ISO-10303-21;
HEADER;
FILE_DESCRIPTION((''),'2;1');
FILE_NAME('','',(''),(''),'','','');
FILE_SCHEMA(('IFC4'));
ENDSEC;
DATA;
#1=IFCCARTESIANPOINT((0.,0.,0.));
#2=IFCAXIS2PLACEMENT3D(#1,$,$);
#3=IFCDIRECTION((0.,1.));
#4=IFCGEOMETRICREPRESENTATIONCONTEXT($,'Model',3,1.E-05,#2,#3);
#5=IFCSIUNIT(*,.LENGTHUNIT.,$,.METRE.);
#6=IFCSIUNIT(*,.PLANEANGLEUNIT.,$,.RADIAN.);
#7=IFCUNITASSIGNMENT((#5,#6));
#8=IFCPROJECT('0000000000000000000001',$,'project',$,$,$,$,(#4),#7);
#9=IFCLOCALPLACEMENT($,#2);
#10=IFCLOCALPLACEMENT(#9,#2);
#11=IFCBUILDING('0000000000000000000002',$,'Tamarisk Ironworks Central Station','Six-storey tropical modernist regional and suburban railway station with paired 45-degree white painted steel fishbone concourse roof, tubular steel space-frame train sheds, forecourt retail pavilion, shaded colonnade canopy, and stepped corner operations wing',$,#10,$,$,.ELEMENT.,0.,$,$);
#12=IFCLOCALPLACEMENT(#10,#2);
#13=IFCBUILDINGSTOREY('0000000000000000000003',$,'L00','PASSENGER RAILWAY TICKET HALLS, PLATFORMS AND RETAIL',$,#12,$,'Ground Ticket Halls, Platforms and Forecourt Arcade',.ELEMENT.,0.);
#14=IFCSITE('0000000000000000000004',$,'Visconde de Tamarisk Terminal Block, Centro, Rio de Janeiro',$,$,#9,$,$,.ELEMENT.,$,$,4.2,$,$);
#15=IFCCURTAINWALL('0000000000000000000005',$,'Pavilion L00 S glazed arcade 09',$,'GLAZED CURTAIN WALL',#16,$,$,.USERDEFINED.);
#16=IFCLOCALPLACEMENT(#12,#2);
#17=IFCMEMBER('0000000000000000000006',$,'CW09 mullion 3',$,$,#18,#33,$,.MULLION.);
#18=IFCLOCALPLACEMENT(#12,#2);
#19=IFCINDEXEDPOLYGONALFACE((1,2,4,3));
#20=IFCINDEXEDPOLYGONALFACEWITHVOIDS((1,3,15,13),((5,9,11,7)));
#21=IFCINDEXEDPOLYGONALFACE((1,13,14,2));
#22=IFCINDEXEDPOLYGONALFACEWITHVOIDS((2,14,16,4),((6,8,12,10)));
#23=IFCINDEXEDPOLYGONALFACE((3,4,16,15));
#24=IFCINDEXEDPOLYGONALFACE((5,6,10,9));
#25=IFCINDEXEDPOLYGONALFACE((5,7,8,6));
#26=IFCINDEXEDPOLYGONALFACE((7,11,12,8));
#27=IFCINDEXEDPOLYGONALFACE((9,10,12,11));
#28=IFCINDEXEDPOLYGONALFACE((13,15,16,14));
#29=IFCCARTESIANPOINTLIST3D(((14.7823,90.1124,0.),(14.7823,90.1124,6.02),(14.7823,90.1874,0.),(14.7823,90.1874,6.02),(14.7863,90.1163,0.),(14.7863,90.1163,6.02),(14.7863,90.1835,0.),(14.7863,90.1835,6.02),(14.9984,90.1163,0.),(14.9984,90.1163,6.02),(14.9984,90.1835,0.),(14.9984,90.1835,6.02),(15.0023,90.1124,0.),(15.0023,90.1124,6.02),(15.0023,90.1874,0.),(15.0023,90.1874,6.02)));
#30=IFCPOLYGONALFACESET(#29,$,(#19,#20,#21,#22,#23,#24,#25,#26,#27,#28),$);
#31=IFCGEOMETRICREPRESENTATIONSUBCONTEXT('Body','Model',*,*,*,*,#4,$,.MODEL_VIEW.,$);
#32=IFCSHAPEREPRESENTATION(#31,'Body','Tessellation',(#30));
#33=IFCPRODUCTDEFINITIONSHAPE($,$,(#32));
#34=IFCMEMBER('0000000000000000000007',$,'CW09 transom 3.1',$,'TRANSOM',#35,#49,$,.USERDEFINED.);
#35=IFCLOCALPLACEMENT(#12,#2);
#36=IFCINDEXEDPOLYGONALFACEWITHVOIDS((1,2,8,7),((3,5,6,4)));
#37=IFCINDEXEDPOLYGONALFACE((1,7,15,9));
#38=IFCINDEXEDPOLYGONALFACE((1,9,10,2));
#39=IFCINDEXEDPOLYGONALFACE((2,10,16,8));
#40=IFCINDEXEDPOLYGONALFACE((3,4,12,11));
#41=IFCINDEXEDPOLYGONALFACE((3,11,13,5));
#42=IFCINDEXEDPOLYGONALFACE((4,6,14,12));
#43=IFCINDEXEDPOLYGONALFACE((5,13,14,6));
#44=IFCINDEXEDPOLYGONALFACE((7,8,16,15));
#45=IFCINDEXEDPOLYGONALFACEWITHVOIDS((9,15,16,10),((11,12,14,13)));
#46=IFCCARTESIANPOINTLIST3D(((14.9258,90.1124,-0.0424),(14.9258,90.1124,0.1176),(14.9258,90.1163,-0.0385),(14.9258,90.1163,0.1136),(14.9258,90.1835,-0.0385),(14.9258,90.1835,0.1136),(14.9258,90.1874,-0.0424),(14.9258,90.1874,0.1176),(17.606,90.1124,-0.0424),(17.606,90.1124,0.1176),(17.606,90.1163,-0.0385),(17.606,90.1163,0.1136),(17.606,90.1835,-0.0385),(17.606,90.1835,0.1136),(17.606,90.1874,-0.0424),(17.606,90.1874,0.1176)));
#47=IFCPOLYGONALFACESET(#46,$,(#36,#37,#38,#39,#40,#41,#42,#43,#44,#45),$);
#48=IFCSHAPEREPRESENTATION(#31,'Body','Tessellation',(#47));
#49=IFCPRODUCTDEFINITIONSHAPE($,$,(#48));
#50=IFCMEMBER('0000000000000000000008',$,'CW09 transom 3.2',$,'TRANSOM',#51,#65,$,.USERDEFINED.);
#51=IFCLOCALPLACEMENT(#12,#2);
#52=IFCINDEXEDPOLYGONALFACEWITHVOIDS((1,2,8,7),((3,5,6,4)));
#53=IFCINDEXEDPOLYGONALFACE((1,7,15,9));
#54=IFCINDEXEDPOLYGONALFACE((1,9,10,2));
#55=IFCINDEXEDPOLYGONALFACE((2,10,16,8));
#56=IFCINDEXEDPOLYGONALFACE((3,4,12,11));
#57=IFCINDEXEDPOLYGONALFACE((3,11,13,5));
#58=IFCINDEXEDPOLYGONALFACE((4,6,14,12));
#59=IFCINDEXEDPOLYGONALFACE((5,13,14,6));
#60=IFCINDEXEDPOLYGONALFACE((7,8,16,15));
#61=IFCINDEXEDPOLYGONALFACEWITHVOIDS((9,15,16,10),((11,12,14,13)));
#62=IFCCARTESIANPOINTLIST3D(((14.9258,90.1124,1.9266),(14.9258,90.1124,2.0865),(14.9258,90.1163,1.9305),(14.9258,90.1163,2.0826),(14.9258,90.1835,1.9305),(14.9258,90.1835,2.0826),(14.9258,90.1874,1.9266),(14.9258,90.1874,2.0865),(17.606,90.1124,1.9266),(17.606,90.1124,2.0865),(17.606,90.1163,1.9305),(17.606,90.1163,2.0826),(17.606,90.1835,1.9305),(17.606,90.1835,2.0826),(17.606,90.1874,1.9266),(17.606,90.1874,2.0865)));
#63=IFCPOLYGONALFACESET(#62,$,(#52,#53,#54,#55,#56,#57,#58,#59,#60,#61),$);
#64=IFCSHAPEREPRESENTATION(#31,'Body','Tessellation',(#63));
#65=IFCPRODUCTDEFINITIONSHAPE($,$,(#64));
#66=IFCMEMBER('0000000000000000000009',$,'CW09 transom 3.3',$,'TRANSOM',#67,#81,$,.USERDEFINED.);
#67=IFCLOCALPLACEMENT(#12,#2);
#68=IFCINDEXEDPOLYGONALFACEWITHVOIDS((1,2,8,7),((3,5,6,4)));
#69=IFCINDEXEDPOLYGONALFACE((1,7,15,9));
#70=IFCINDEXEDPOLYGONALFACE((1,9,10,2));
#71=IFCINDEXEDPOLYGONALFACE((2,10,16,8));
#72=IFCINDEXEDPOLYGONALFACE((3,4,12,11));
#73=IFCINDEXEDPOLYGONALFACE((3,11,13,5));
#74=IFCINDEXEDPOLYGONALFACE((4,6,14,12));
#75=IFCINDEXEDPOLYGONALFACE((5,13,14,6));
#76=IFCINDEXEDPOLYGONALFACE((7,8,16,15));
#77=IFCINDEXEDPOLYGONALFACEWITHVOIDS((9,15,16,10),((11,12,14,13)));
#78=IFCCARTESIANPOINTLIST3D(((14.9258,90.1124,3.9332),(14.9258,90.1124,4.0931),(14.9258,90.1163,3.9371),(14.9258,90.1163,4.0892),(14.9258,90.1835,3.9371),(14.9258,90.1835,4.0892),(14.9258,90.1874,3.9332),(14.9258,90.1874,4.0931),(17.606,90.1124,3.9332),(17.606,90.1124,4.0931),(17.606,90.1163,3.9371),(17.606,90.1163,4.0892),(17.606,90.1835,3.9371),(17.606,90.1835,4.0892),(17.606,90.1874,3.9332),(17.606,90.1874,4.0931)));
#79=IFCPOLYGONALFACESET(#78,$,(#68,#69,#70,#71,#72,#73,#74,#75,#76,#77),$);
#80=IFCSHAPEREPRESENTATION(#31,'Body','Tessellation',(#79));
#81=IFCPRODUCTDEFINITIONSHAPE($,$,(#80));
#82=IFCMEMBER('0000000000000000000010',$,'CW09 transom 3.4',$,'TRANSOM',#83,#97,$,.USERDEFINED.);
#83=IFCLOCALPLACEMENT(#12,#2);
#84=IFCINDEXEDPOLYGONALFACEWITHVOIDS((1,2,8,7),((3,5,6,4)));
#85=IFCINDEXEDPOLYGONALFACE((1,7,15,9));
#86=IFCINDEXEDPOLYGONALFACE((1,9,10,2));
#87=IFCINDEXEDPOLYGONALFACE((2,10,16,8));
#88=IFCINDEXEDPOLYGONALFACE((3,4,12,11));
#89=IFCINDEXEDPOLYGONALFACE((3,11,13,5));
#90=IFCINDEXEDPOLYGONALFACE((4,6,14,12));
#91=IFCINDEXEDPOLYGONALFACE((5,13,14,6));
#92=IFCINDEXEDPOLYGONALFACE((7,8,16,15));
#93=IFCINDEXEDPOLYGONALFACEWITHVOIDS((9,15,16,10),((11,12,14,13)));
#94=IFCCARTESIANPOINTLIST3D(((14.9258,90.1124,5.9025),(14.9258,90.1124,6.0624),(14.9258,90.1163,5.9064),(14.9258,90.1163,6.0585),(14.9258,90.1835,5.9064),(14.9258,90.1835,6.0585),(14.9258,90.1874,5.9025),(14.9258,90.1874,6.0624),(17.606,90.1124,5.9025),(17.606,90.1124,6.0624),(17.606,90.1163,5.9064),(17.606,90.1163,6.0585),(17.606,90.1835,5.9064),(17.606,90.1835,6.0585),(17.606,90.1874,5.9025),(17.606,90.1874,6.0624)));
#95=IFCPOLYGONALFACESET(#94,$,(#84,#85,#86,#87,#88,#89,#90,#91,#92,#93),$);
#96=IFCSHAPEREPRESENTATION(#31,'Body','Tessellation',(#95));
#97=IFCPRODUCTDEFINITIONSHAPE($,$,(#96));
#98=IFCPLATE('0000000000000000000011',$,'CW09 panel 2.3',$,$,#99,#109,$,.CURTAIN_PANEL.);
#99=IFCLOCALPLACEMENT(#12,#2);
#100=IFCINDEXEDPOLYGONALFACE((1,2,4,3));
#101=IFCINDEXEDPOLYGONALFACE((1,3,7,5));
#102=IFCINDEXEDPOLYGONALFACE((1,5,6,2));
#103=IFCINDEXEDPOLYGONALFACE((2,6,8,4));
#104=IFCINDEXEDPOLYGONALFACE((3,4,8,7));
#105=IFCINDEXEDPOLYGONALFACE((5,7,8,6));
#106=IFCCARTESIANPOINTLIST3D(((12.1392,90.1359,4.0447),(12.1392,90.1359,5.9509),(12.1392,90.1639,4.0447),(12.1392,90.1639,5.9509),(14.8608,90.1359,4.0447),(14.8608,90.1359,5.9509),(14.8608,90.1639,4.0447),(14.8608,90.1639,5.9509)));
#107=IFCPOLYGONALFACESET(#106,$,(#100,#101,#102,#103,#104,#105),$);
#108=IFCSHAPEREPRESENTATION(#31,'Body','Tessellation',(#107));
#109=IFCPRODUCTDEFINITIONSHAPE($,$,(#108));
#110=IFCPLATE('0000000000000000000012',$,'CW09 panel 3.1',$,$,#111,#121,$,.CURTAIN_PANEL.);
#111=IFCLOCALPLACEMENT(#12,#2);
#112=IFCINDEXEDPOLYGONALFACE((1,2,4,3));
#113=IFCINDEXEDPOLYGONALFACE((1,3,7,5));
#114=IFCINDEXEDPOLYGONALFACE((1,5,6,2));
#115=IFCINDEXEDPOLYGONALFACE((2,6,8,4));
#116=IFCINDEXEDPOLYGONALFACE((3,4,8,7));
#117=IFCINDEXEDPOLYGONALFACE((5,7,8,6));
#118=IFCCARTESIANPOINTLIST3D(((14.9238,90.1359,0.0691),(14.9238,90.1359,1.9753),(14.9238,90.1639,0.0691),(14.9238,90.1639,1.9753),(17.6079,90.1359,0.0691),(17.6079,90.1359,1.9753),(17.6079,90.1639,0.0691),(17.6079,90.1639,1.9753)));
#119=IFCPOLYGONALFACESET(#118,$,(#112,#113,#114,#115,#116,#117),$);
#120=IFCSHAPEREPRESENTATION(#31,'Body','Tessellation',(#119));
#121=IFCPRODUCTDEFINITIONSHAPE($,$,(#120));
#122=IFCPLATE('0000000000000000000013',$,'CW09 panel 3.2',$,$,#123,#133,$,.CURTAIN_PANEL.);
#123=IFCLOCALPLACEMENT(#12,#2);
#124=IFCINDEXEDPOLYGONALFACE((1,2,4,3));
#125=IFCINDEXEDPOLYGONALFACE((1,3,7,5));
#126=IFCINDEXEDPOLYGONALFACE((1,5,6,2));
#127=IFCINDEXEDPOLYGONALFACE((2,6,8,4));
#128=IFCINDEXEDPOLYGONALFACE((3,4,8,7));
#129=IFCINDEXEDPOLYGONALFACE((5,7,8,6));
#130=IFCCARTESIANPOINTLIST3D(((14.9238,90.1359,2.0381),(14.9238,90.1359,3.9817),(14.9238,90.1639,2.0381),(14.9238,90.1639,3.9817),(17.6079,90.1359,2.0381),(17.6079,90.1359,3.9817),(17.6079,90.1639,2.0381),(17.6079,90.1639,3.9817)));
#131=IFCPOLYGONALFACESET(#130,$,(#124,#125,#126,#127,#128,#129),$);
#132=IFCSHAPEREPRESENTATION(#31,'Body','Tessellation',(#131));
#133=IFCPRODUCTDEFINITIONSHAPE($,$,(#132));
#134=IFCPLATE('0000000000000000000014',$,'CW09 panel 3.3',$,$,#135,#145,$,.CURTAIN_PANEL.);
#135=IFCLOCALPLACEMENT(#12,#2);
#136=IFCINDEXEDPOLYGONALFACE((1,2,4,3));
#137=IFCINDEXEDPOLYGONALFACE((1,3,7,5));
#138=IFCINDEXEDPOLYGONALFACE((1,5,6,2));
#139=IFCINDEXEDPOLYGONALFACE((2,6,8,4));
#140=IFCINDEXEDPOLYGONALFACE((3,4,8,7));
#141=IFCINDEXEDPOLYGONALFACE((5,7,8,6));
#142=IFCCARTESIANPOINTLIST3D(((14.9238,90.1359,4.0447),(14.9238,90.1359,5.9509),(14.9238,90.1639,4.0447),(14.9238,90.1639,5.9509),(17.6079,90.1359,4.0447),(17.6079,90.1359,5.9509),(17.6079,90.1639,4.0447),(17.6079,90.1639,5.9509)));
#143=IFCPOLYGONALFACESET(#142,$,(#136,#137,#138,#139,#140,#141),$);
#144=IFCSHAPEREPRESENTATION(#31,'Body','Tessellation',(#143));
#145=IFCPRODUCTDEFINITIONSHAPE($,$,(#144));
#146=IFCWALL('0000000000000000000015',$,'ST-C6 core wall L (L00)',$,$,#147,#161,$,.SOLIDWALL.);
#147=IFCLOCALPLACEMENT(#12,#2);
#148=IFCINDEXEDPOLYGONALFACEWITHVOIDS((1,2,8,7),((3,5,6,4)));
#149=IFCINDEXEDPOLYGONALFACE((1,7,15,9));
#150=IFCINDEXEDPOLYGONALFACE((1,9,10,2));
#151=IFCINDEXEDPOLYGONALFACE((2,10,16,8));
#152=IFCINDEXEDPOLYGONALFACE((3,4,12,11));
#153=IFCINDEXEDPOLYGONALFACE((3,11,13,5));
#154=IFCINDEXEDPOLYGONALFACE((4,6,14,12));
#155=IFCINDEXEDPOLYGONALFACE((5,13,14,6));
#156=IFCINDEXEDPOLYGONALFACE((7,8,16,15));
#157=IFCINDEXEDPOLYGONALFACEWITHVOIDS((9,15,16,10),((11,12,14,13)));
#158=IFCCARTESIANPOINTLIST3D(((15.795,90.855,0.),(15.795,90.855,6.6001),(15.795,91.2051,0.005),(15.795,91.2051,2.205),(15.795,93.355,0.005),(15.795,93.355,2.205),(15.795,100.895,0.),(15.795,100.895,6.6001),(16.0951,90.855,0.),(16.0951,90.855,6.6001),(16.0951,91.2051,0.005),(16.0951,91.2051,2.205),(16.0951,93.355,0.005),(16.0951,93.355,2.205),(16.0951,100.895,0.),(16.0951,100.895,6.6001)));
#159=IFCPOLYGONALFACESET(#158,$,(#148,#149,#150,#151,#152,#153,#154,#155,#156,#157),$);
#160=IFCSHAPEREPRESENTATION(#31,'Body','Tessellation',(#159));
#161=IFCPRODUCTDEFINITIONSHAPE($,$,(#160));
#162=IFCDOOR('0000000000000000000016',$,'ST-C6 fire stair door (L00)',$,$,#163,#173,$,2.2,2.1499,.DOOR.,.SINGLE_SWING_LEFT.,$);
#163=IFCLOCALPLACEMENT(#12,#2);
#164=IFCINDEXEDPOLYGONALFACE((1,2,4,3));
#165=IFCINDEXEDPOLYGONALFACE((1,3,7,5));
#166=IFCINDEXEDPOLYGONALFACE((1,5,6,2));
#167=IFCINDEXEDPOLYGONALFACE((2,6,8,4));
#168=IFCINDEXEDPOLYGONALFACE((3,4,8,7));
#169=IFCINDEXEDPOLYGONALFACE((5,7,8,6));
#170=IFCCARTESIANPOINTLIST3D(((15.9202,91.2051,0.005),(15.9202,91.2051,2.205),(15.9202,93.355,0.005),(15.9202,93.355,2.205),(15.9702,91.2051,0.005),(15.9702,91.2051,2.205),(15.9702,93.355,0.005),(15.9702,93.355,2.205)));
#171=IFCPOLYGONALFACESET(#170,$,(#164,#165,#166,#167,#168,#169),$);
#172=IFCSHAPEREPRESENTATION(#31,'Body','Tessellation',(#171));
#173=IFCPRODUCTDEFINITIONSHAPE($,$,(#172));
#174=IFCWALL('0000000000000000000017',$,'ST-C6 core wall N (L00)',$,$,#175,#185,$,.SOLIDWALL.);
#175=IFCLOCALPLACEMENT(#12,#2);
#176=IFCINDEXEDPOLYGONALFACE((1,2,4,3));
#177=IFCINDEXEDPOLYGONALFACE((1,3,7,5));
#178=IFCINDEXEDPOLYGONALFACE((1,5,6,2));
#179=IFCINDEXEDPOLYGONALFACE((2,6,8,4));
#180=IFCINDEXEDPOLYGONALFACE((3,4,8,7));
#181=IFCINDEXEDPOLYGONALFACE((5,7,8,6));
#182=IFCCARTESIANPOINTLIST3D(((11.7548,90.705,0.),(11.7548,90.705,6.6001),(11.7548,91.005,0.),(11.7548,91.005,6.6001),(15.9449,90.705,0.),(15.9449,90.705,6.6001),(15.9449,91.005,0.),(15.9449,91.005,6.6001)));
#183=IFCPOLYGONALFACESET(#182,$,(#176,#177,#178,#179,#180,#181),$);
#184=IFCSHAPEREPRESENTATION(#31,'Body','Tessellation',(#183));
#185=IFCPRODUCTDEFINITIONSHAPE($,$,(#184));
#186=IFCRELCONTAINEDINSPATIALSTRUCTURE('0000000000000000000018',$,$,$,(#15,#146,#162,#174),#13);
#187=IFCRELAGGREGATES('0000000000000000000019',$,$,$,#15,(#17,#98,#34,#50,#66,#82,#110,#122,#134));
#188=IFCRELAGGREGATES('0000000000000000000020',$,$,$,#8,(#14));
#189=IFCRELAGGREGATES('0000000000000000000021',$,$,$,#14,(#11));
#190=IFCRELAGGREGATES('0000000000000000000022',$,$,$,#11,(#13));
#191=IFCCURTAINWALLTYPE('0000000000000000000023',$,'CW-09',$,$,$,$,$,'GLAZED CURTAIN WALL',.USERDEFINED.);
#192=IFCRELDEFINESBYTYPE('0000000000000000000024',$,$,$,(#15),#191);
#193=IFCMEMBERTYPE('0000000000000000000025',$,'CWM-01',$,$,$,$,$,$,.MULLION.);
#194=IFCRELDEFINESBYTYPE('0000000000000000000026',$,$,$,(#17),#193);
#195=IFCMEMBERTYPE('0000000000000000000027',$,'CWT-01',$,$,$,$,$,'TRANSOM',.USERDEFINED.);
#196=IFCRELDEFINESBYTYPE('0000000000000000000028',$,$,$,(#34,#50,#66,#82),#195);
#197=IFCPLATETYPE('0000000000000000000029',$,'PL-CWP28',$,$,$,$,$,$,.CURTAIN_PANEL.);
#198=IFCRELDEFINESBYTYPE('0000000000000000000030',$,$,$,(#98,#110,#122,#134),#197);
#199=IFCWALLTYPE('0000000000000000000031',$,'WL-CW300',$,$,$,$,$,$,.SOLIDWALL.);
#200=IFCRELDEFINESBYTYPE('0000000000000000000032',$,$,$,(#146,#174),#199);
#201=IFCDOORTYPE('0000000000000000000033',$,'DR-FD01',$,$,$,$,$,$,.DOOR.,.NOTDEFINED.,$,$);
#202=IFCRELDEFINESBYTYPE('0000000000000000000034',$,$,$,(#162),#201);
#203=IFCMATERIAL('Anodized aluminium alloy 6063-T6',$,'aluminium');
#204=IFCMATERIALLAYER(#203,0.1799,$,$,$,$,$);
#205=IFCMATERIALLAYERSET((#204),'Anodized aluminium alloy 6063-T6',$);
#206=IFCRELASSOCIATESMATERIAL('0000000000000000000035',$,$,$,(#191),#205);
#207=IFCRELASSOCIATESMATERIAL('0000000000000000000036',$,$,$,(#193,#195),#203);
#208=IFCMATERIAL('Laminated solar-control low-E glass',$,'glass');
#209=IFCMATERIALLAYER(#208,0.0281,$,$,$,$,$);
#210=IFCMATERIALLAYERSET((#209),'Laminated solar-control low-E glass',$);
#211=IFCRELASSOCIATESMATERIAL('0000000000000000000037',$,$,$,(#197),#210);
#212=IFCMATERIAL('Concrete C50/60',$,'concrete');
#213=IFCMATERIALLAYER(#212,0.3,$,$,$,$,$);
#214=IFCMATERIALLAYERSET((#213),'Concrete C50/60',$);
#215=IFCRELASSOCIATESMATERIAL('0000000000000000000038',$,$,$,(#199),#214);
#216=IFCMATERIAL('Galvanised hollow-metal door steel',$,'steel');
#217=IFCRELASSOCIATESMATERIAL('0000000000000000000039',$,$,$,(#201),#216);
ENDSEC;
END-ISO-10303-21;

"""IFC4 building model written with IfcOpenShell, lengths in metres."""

from ifc_helpers import new_model, si_unit, direction, frame, frame_2d, origin, origin_2d, place, context, subcontext, project, spatial, rectangle, hollow_rectangle, extrude, material, layer, layer_set, material_profile, profile_set, type_object, element, fill, aggregate, save


model = new_model("IFC4")

# Units and contexts
model_context = context("Model", 3, precision=1e-05, world=origin(), true_north=direction((0.0, 1.0)))
body_context = subcontext(model_context, "Body", "Model", "MODEL_VIEW")
ifc_project = project(units=[si_unit("LENGTHUNIT", "METRE"), si_unit("PLANEANGLEUNIT", "RADIAN")], contexts=[model_context])

# Site, building, storey
site_placement = place(None, origin())
site = spatial("IfcSite", under=ifc_project, at=site_placement, Name="Visconde de Tamarisk Terminal Block, Centro, Rio de Janeiro", CompositionType="ELEMENT", RefElevation=4.2)
building_placement = place(site_placement, origin())
building = spatial("IfcBuilding", under=site, at=building_placement, Name="Tamarisk Ironworks Central Station", Description="Six-storey tropical modernist regional and suburban railway station with paired 45-degree white painted steel fishbone concourse roof, tubular steel space-frame train sheds, forecourt retail pavilion, shaded colonnade canopy, and stepped corner operations wing", CompositionType="ELEMENT", ElevationOfRefHeight=0.0)
storey_placement = place(building_placement, origin())
storey = spatial("IfcBuildingStorey", under=building, at=storey_placement, Name="L00", Description="PASSENGER RAILWAY TICKET HALLS, PLATFORMS AND RETAIL", LongName="Ground Ticket Halls, Platforms and Forecourt Arcade", CompositionType="ELEMENT", Elevation=0.0)

# Curtain wall, members, plates
ifc_material_1 = material(Name="Anodized aluminium alloy 6063-T6", Category="aluminium")
ifc_layer_1 = layer(ifc_material_1, 0.1799)
ifc_layer_set_1 = layer_set([ifc_layer_1], Name="Anodized aluminium alloy 6063-T6")
curtain_wall_type = type_object("IfcCurtainWallType", Name="CW-09", ElementType="GLAZED CURTAIN WALL", PredefinedType="USERDEFINED", material=ifc_layer_set_1)
curtain_wall_placement = place(storey_placement, origin())
curtain_wall = element("IfcCurtainWall", 1, at=curtain_wall_placement, inside=storey, type_object=curtain_wall_type, Name="Pavilion L00 S glazed arcade 09", ObjectType="GLAZED CURTAIN WALL", PredefinedType="USERDEFINED")
ifc_material_profile_1 = material_profile(ifc_material_1, hollow_rectangle(XDim=0.075, YDim=0.22, WallThickness=0.0039, at=origin_2d()), Name="ALUM 220x75")
ifc_profile_set_1 = profile_set([ifc_material_profile_1], Name="Anodized aluminium alloy 6063-T6")
member_type_1 = type_object("IfcMemberType", Name="CWM-01", PredefinedType="MULLION", material=ifc_profile_set_1)
member_1_placement = place(storey_placement, frame((14.8923, 90.1499, 0.0), z_axis=(0.0, 0.0, 1.0), x_axis=(0.0, 1.0, 0.0)))
member_1 = element("IfcMember", 2, at=member_1_placement, type_object=member_type_1, Name="CW09 mullion 3", PredefinedType="MULLION", context=body_context, shape_type="SweptSolid", body=[
    extrude(hollow_rectangle(XDim=0.075, YDim=0.22, WallThickness=0.0039, at=origin_2d()), origin(), (0.0, 0.0, 1.0), 6.02),
])
ifc_material_profile_2 = material_profile(ifc_material_1, hollow_rectangle(XDim=0.075, YDim=0.1599, WallThickness=0.0039, at=origin_2d()), Name="ALUM 160x75")
ifc_profile_set_2 = profile_set([ifc_material_profile_2], Name="Anodized aluminium alloy 6063-T6")
member_type_2 = type_object("IfcMemberType", Name="CWT-01", ElementType="TRANSOM", PredefinedType="USERDEFINED", material=ifc_profile_set_2)
member_2_placement = place(storey_placement, frame((14.9258, 90.1499, 0.0376), z_axis=(1.0, 0.0, 0.0), x_axis=(0.0, 1.0, 0.0)))
member_2 = element("IfcMember", 3, at=member_2_placement, type_object=member_type_2, Name="CW09 transom 3.1", ObjectType="TRANSOM", PredefinedType="USERDEFINED", context=body_context, shape_type="SweptSolid", body=[
    extrude(hollow_rectangle(XDim=0.075, YDim=0.1599, WallThickness=0.0039, at=origin_2d()), origin(), (0.0, 0.0, 1.0), 2.6802),
])
member_3_placement = place(storey_placement, frame((14.9258, 90.1499, 2.0066), z_axis=(1.0, 0.0, 0.0), x_axis=(0.0, 1.0, 0.0)))
member_3 = element("IfcMember", 4, at=member_3_placement, type_object=member_type_2, Name="CW09 transom 3.2", ObjectType="TRANSOM", PredefinedType="USERDEFINED", context=body_context, shape_type="SweptSolid", body=[
    extrude(hollow_rectangle(XDim=0.075, YDim=0.1599, WallThickness=0.0039, at=origin_2d()), origin(), (0.0, 0.0, 1.0), 2.6802),
])
member_4_placement = place(storey_placement, frame((14.9258, 90.1499, 4.0132), z_axis=(1.0, 0.0, 0.0), x_axis=(0.0, 1.0, 0.0)))
member_4 = element("IfcMember", 5, at=member_4_placement, type_object=member_type_2, Name="CW09 transom 3.3", ObjectType="TRANSOM", PredefinedType="USERDEFINED", context=body_context, shape_type="SweptSolid", body=[
    extrude(hollow_rectangle(XDim=0.075, YDim=0.1599, WallThickness=0.0039, at=origin_2d()), origin(), (0.0, 0.0, 1.0), 2.6802),
])
member_5_placement = place(storey_placement, frame((14.9258, 90.1499, 5.9824), z_axis=(1.0, 0.0, 0.0), x_axis=(0.0, 1.0, 0.0)))
member_5 = element("IfcMember", 6, at=member_5_placement, type_object=member_type_2, Name="CW09 transom 3.4", ObjectType="TRANSOM", PredefinedType="USERDEFINED", context=body_context, shape_type="SweptSolid", body=[
    extrude(hollow_rectangle(XDim=0.075, YDim=0.1599, WallThickness=0.0039, at=origin_2d()), origin(), (0.0, 0.0, 1.0), 2.6802),
])
ifc_material_2 = material(Name="Laminated solar-control low-E glass", Category="glass")
ifc_layer_2 = layer(ifc_material_2, 0.0281)
ifc_layer_set_2 = layer_set([ifc_layer_2], Name="Laminated solar-control low-E glass")
plate_type = type_object("IfcPlateType", Name="PL-CWP28", PredefinedType="CURTAIN_PANEL", material=ifc_layer_set_2)
plate_1_placement = place(storey_placement, frame((13.5, 90.1499, 4.0447), z_axis=(0.0, 0.0, 1.0), x_axis=(1.0, 0.0, 0.0)))
plate_1 = element("IfcPlate", 7, at=plate_1_placement, type_object=plate_type, Name="CW09 panel 2.3", PredefinedType="CURTAIN_PANEL", context=body_context, shape_type="SweptSolid", body=[
    extrude(rectangle(XDim=2.7217, YDim=0.0281, at=origin_2d()), origin(), (0.0, 0.0, 1.0), 1.9062),
])
plate_2_placement = place(storey_placement, frame((16.2659, 90.1499, 0.0691), z_axis=(0.0, 0.0, 1.0), x_axis=(1.0, 0.0, 0.0)))
plate_2 = element("IfcPlate", 8, at=plate_2_placement, type_object=plate_type, Name="CW09 panel 3.1", PredefinedType="CURTAIN_PANEL", context=body_context, shape_type="SweptSolid", body=[
    extrude(rectangle(XDim=2.6841, YDim=0.0281, at=origin_2d()), origin(), (0.0, 0.0, 1.0), 1.9062),
])
plate_3_placement = place(storey_placement, frame((16.2659, 90.1499, 2.0381), z_axis=(0.0, 0.0, 1.0), x_axis=(1.0, 0.0, 0.0)))
plate_3 = element("IfcPlate", 9, at=plate_3_placement, type_object=plate_type, Name="CW09 panel 3.2", PredefinedType="CURTAIN_PANEL", context=body_context, shape_type="SweptSolid", body=[
    extrude(rectangle(XDim=2.6841, YDim=0.0281, at=origin_2d()), origin(), (0.0, 0.0, 1.0), 1.9436),
])
plate_4_placement = place(storey_placement, frame((16.2659, 90.1499, 4.0447), z_axis=(0.0, 0.0, 1.0), x_axis=(1.0, 0.0, 0.0)))
plate_4 = element("IfcPlate", 10, at=plate_4_placement, type_object=plate_type, Name="CW09 panel 3.3", PredefinedType="CURTAIN_PANEL", context=body_context, shape_type="SweptSolid", body=[
    extrude(rectangle(XDim=2.6841, YDim=0.0281, at=origin_2d()), origin(), (0.0, 0.0, 1.0), 1.9062),
])
aggregate(curtain_wall, [member_1, plate_1, member_2, member_3, member_4, member_5, plate_2, plate_3, plate_4])

# Wall, opening, door
ifc_material_3 = material(Name="Concrete C50/60", Category="concrete")
ifc_layer_3 = layer(ifc_material_3, 0.3)
ifc_layer_set_3 = layer_set([ifc_layer_3], Name="Concrete C50/60")
wall_type_1 = type_object("IfcWallType", Name="WL-CW300", PredefinedType="SOLIDWALL", material=ifc_layer_set_3)
wall_1_placement = place(storey_placement, frame((15.9451, 90.855, 0.0), z_axis=(0.0, 0.0, 1.0), x_axis=(0.0, 1.0, 0.0)))
wall_1 = element("IfcWall", 11, at=wall_1_placement, inside=storey, type_object=wall_type_1, Name="ST-C6 core wall L (L00)", PredefinedType="SOLIDWALL", context=body_context, shape_type="SweptSolid", body=[
    extrude(rectangle(XDim=10.04, YDim=0.3, at=frame_2d((5.02, 0.0))), origin(), (0.0, 0.0, 1.0), 6.6001),
])
opening_placement = place(wall_1_placement, frame((0.3501, 0.0, 0.0049)))
opening = element("IfcOpeningElement", 12, at=opening_placement, cuts=wall_1, PredefinedType="OPENING", context=body_context, shape_type="SweptSolid", body=[
    extrude(rectangle(XDim=2.1499, YDim=2.2, at=frame_2d((1.075, 1.1001))), frame((0.0, 0.1621, 0.0), z_axis=(0.0, -1.0, 0.0), x_axis=(1.0, 0.0, 0.0)), (0.0, 0.0, 1.0), 0.324),
])
ifc_material_4 = material(Name="Galvanised hollow-metal door steel", Category="steel")
door_type = type_object("IfcDoorType", Name="DR-FD01", OperationType="NOTDEFINED", PredefinedType="DOOR", material=ifc_material_4)
door_placement = place(opening_placement, origin())
door = element("IfcDoor", 13, at=door_placement, inside=storey, type_object=door_type, Name="ST-C6 fire stair door (L00)", OperationType="SINGLE_SWING_LEFT", OverallHeight=2.2, OverallWidth=2.1499, PredefinedType="DOOR", context=body_context, shape_type="SweptSolid", body=[
    extrude(rectangle(XDim=2.1499, YDim=2.2, at=frame_2d((1.075, 1.1001))), frame((0.0, 0.0249, 0.0), z_axis=(0.0, -1.0, 0.0), x_axis=(1.0, 0.0, 0.0)), (0.0, 0.0, 1.0), 0.05),
])
fill(opening, door)

# Wall
wall_2_placement = place(storey_placement, frame((15.9451, 90.855, 0.0), z_axis=(0.0, 0.0, 1.0), x_axis=(-1.0, 0.0, 0.0)))
element("IfcWall", 14, at=wall_2_placement, inside=storey, type_object=wall_type_1, Name="ST-C6 core wall N (L00)", PredefinedType="SOLIDWALL", context=body_context, shape_type="SweptSolid", body=[
    extrude(rectangle(XDim=4.1902, YDim=0.3, at=frame_2d((2.0952, 0.0))), origin(), (0.0, 0.0, 1.0), 6.6001),
])

save(model, "model.ifc")
